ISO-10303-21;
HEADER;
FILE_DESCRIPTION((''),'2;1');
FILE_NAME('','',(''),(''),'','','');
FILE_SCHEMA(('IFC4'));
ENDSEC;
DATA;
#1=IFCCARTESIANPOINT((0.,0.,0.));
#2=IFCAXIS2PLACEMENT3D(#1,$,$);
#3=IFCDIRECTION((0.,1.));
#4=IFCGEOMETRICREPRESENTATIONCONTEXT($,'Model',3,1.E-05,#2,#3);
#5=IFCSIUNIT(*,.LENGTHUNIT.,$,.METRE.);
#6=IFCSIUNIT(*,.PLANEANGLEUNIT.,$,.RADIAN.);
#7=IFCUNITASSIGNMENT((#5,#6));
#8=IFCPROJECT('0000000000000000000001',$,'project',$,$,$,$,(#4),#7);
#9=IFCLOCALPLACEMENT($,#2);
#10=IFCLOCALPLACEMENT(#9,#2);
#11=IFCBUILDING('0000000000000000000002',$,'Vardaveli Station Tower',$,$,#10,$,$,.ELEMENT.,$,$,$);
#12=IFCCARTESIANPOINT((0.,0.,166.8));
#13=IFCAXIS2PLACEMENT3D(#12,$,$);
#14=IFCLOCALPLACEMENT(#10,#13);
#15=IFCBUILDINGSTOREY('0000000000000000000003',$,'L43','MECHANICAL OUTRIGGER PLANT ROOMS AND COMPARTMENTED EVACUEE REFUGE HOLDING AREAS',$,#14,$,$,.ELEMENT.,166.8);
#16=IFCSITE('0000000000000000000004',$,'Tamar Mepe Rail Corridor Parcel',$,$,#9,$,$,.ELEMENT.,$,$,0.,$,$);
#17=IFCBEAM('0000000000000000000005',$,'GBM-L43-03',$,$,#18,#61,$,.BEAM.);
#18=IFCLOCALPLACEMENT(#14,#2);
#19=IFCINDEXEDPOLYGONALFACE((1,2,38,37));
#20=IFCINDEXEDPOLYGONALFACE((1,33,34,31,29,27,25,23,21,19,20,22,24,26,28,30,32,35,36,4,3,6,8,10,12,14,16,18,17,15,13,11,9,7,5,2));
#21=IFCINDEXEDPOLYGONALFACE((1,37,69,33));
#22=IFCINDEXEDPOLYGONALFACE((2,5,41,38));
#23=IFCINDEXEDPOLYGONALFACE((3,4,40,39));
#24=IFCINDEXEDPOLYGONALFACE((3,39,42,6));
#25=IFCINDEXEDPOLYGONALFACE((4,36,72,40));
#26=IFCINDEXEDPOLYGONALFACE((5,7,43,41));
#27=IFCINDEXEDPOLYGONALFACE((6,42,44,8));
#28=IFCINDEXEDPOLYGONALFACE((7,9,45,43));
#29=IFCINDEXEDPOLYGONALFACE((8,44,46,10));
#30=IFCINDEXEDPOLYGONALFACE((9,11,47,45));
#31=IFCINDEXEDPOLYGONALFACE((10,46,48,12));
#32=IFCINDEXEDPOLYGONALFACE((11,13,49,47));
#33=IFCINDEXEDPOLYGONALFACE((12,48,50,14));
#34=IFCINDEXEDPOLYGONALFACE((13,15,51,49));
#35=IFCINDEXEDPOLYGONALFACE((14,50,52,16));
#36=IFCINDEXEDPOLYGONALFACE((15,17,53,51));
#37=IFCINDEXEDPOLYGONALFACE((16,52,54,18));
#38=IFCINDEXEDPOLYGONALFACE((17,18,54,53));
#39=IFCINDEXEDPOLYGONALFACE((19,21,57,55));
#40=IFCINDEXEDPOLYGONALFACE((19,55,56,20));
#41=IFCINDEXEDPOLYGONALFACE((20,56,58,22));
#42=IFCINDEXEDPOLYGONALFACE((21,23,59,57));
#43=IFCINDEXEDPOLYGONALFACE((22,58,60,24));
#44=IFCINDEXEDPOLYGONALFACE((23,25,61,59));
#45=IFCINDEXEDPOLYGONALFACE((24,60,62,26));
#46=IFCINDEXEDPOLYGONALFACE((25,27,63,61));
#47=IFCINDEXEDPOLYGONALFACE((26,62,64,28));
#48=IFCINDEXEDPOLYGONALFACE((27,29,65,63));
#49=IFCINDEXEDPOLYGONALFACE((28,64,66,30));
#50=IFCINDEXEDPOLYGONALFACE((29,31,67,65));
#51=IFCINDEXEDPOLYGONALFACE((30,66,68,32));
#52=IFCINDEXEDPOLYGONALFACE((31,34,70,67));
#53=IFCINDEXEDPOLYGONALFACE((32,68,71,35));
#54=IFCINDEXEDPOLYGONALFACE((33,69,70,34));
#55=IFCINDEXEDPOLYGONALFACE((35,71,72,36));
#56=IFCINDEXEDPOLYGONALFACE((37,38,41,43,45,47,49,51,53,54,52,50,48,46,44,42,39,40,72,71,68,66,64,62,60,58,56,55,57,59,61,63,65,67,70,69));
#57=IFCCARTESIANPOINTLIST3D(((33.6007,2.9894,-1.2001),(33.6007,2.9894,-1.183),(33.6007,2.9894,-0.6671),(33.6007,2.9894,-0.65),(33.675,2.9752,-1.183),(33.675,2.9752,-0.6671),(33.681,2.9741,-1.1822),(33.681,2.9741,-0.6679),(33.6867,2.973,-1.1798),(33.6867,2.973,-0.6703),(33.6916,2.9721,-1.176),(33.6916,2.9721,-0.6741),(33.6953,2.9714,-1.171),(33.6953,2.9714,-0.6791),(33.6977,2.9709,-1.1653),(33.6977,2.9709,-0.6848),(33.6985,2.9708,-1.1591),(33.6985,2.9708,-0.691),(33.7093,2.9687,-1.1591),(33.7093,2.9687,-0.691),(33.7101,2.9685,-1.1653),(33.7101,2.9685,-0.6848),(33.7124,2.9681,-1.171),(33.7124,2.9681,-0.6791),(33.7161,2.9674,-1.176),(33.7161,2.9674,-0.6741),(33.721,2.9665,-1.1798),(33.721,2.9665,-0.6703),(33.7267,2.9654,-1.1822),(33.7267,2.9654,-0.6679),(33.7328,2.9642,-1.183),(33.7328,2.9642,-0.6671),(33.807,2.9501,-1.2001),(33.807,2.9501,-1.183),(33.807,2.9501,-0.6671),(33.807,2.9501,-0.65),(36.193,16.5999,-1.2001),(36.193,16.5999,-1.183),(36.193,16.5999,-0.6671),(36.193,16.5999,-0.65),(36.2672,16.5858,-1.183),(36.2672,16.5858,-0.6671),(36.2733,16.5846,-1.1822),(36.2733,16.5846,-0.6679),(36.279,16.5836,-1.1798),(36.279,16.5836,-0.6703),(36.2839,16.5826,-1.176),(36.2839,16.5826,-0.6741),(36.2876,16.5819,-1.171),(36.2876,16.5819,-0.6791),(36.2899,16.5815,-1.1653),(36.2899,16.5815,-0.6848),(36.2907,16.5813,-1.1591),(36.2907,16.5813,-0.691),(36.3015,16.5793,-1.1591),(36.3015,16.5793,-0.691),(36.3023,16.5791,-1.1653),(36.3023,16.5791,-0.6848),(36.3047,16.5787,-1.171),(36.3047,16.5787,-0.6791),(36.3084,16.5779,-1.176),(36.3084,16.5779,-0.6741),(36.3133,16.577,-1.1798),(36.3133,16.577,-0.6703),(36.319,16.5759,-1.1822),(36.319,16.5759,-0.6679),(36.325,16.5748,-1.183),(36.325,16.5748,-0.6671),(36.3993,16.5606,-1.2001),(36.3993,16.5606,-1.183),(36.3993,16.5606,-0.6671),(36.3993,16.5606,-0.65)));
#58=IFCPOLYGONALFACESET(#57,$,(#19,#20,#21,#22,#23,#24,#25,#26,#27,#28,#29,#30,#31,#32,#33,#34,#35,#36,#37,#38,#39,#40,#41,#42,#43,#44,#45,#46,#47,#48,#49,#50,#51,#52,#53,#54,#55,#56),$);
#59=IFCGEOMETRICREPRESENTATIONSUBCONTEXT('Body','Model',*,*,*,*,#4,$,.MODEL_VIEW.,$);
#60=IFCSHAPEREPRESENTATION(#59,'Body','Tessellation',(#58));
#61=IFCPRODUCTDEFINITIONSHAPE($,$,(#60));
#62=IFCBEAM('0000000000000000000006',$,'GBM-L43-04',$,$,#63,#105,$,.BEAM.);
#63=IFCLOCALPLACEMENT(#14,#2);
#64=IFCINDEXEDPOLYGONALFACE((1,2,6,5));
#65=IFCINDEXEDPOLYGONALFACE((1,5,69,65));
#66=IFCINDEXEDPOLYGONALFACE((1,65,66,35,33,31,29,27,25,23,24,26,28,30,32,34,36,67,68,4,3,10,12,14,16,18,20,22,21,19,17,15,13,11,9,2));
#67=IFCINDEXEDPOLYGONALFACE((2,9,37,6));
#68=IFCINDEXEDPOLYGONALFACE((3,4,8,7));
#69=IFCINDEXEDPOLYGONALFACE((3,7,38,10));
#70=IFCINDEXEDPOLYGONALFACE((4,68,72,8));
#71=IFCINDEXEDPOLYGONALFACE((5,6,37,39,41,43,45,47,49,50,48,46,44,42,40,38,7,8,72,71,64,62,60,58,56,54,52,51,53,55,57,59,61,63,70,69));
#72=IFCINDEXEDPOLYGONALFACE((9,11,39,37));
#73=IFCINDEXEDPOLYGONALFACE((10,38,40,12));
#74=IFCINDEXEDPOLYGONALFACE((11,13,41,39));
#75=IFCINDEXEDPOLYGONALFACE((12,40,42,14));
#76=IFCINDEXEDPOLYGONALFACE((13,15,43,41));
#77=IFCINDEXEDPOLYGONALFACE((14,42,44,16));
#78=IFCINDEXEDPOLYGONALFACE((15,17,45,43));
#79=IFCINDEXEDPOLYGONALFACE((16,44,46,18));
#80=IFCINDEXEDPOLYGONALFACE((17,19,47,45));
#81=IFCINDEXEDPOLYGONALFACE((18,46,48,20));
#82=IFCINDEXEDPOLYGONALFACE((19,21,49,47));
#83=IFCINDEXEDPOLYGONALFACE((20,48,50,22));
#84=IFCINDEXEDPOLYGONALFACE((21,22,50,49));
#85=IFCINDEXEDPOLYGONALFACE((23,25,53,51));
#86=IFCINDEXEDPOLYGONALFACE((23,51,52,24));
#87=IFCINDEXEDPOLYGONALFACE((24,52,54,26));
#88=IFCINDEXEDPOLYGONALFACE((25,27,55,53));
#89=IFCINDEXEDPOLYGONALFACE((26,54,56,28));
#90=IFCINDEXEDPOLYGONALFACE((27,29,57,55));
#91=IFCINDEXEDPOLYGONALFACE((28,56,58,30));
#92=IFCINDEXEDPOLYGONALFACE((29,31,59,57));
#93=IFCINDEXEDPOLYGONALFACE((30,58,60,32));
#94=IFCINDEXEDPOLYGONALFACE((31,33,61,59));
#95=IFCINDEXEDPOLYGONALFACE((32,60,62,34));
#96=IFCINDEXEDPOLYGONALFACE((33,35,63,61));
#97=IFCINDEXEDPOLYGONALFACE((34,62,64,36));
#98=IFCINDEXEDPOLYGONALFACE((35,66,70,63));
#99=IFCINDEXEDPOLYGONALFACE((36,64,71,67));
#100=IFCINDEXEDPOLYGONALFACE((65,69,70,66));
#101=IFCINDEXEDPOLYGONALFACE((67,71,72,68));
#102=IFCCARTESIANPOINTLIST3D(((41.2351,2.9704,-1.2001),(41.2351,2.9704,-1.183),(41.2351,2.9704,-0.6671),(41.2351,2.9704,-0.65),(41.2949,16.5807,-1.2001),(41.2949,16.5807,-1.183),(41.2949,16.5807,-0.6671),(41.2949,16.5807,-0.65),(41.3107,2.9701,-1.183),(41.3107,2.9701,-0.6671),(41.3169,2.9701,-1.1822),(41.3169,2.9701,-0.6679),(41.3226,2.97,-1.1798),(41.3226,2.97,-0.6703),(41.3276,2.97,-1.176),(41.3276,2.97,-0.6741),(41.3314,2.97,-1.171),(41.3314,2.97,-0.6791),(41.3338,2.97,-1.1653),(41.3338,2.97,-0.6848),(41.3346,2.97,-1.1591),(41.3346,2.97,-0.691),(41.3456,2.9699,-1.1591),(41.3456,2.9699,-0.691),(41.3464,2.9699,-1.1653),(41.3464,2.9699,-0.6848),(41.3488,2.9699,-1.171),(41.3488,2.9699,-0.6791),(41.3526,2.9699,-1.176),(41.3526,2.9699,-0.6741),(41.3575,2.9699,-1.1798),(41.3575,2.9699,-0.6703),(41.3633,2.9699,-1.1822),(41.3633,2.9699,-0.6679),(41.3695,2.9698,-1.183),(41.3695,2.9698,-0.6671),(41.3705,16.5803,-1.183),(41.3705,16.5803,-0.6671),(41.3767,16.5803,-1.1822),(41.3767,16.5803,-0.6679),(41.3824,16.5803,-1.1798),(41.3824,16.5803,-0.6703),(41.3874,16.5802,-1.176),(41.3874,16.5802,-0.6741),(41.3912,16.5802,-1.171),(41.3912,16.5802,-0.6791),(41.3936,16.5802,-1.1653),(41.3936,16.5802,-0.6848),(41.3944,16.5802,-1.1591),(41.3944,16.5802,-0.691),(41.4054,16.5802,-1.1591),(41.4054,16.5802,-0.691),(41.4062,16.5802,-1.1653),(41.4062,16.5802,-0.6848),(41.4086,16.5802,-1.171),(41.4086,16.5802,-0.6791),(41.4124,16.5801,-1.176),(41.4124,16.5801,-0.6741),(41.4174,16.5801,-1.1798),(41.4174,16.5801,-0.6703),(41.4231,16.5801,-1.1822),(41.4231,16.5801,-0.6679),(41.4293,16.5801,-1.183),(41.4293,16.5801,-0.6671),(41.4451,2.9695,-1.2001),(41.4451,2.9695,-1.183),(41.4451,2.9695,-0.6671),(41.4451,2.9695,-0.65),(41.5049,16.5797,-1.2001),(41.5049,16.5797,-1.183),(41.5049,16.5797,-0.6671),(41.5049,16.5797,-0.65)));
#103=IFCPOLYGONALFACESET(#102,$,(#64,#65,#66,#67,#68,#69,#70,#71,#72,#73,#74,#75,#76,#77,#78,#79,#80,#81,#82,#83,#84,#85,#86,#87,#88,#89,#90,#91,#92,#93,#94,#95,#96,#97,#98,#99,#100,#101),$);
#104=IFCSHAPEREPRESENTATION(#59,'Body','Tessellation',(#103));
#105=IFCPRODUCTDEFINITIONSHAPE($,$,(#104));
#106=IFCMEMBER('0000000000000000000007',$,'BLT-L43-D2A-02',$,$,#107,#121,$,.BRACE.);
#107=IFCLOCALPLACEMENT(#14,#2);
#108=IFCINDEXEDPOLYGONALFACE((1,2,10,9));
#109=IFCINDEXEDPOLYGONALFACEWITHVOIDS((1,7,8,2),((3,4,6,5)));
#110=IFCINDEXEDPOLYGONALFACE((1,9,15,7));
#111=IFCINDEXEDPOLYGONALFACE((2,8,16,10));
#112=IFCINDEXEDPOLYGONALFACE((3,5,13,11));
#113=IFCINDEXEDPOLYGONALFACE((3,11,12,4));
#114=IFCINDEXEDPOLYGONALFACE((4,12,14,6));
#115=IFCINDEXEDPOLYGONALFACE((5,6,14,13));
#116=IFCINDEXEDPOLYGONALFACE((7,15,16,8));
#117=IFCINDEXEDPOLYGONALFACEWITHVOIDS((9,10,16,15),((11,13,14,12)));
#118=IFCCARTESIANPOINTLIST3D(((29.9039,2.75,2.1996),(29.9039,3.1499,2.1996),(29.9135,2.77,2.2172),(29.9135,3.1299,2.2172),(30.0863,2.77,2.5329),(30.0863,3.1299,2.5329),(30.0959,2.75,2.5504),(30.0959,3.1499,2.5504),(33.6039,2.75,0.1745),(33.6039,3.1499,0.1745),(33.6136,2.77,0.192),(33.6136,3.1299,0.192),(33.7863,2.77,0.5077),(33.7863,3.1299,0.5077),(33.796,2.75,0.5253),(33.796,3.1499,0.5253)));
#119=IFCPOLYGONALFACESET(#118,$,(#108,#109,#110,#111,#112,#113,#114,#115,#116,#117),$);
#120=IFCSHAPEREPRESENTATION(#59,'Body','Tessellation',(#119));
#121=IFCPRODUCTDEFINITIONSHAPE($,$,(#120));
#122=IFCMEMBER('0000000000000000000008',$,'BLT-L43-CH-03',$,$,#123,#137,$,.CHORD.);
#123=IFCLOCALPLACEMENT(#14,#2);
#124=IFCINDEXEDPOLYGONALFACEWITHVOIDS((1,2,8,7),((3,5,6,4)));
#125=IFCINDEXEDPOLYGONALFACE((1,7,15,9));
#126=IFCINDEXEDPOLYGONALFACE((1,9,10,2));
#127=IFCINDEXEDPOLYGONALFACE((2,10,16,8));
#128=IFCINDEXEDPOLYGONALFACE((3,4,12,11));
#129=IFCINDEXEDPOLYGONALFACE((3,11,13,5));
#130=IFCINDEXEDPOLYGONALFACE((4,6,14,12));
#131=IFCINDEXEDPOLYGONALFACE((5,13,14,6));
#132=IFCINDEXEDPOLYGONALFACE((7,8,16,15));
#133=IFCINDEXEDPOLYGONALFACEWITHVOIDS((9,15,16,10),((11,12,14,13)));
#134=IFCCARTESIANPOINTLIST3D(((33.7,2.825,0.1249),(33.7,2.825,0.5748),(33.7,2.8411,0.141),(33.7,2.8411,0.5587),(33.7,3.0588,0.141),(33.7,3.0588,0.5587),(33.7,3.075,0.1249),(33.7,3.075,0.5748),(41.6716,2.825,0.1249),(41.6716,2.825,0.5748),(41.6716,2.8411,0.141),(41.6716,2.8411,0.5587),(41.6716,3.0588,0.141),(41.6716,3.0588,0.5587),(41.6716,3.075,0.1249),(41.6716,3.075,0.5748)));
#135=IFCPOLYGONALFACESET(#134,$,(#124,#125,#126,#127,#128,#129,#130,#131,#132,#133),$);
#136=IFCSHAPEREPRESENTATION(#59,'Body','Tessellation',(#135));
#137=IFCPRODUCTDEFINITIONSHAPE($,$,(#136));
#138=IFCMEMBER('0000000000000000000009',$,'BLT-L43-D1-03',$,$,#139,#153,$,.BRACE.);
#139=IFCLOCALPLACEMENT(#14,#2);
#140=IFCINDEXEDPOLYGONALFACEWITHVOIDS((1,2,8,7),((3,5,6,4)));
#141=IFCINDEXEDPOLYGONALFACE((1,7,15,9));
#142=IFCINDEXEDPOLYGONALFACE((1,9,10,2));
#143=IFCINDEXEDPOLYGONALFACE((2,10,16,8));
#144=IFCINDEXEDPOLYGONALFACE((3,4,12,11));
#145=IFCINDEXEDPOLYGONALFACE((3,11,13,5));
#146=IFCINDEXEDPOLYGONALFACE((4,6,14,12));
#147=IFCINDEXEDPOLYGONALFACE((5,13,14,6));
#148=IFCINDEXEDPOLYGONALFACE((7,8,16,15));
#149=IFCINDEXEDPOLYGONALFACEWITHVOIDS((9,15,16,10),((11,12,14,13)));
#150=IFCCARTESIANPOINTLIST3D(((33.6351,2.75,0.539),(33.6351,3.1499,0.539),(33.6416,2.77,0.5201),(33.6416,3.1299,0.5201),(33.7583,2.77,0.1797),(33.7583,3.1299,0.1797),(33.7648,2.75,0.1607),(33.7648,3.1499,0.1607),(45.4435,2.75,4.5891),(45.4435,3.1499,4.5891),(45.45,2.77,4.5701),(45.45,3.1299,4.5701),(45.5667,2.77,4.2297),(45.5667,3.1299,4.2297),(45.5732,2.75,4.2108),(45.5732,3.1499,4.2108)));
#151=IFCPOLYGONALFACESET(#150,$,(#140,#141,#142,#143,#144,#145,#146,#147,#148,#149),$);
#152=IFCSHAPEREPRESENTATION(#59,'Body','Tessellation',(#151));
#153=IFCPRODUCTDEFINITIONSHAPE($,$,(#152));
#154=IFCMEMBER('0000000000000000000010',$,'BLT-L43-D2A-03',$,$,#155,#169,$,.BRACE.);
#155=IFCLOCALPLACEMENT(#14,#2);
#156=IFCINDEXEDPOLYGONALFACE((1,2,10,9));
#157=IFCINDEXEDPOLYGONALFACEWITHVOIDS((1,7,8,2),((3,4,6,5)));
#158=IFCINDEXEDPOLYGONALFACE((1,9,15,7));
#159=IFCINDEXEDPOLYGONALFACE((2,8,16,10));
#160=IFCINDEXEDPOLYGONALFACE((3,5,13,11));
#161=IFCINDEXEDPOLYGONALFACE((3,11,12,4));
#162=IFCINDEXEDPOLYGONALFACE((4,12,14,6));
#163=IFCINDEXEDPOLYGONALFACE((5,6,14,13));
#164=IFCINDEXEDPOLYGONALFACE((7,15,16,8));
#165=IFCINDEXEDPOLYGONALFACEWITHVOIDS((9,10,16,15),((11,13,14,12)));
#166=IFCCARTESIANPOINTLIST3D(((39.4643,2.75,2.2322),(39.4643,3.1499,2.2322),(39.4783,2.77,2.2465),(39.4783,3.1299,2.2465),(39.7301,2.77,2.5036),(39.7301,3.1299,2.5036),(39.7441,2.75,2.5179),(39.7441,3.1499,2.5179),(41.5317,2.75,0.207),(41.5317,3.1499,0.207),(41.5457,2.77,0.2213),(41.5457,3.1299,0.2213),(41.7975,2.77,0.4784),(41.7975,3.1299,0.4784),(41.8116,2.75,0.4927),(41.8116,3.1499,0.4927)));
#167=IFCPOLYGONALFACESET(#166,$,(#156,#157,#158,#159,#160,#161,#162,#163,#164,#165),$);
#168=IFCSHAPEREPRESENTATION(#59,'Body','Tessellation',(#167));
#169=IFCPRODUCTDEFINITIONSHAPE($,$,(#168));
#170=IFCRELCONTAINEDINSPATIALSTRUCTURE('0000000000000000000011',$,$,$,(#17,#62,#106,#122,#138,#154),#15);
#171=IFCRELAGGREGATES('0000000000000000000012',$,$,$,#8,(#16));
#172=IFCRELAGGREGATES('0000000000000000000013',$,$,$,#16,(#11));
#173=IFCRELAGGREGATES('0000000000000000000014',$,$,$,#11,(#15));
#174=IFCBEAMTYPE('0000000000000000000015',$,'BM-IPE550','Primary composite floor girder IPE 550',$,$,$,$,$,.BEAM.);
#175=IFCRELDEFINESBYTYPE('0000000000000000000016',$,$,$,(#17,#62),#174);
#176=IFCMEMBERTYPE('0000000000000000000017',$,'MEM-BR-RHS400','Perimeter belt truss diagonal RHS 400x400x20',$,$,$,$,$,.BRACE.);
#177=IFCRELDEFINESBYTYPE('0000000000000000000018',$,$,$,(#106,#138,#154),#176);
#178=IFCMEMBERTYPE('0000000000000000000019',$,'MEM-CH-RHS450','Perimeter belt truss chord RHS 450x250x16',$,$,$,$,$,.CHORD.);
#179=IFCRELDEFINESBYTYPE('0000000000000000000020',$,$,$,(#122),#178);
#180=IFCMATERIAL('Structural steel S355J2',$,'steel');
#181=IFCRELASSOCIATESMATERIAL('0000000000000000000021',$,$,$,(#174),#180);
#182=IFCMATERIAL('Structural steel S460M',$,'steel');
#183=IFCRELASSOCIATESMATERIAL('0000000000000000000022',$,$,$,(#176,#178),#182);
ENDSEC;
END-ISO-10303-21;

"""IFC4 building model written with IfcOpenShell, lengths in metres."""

from ifc_helpers import new_model, si_unit, direction, frame, origin, origin_2d, place, context, subcontext, project, spatial, hollow_rectangle, i_section, extrude, source, transform, mapped, material, material_profile, profile_set, type_object, element, save


model = new_model("IFC4")

# Units and contexts
model_context = context("Model", 3, precision=1e-05, world=origin(), true_north=direction((0.0, 1.0)))
body_context = subcontext(model_context, "Body", "Model", "MODEL_VIEW")
ifc_project = project(units=[si_unit("LENGTHUNIT", "METRE"), si_unit("PLANEANGLEUNIT", "RADIAN")], contexts=[model_context])

# Site, building, storey
site_placement = place(None, origin())
site = spatial("IfcSite", under=ifc_project, at=site_placement, Name="Tamar Mepe Rail Corridor Parcel", CompositionType="ELEMENT", RefElevation=0.0)
building_placement = place(site_placement, origin())
building = spatial("IfcBuilding", under=site, at=building_placement, Name="Vardaveli Station Tower", CompositionType="ELEMENT")
storey_placement = place(building_placement, frame((0.0, 0.0, 166.8)))
storey = spatial("IfcBuildingStorey", under=building, at=storey_placement, Name="L43", Description="MECHANICAL OUTRIGGER PLANT ROOMS AND COMPARTMENTED EVACUEE REFUGE HOLDING AREAS", CompositionType="ELEMENT", Elevation=166.8)

# Shared definitions
ifc_material_1 = material(Name="Structural steel S460M", Category="steel")

# Beams
ifc_material_2 = material(Name="Structural steel S355J2", Category="steel")
ifc_material_profile_1 = material_profile(ifc_material_2, i_section(OverallWidth=0.21, OverallDepth=0.55, WebThickness=0.011, FlangeThickness=0.0171, FilletRadius=0.0239, at=origin_2d()), Name="IPE 550")
ifc_profile_set_1 = profile_set([ifc_material_profile_1], Name="Structural steel S355J2")
beam_type_1 = type_object("IfcBeamType", Name="BM-IPE550", Description="Primary composite floor girder IPE 550", PredefinedType="BEAM", material=ifc_profile_set_1)
shared_shape_1 = source(origin(), body_context, "Body", "SweptSolid", [
    extrude(i_section(OverallWidth=0.21, OverallDepth=0.55, WebThickness=0.011, FlangeThickness=0.0171, FilletRadius=0.0239, at=origin_2d()), origin(), (0.0, 0.0, 1.0), 13.8552),
])
beam_1_placement = place(storey_placement, frame((33.7039, 2.9697, -0.925), z_axis=(0.187098, 0.982341, 0.0), x_axis=(-0.982341, 0.187098, 0.0)))
element("IfcBeam", 1, at=beam_1_placement, inside=storey, type_object=beam_type_1, Name="GBM-L43-03", PredefinedType="BEAM", context=body_context, shape_type="MappedRepresentation", body=[
    mapped(shared_shape_1, transform((0.0, 0.0, 0.0), scale=1.0)),
])
shared_shape_2 = source(origin(), body_context, "Body", "SweptSolid", [
    extrude(i_section(OverallWidth=0.21, OverallDepth=0.55, WebThickness=0.011, FlangeThickness=0.0171, FilletRadius=0.0239, at=origin_2d()), origin(), (0.0, 0.0, 1.0), 13.6104),
])
beam_2_placement = place(storey_placement, frame((41.3401, 2.97, -0.925), z_axis=(0.004395, 0.99999, 0.0), x_axis=(-0.99999, 0.004395, 0.0)))
element("IfcBeam", 2, at=beam_2_placement, inside=storey, type_object=beam_type_1, Name="GBM-L43-04", PredefinedType="BEAM", context=body_context, shape_type="MappedRepresentation", body=[
    mapped(shared_shape_2, transform((0.0, 0.0, 0.0), scale=1.0)),
])

# Members
ifc_material_profile_2 = material_profile(ifc_material_1, hollow_rectangle(XDim=0.3999, YDim=0.3999, WallThickness=0.02, at=origin_2d()), Name="RHS 400x400x20")
ifc_profile_set_2 = profile_set([ifc_material_profile_2], Name="Structural steel S460M")
member_type_1 = type_object("IfcMemberType", Name="MEM-BR-RHS400", Description="Perimeter belt truss diagonal RHS 400x400x20", PredefinedType="BRACE", material=ifc_profile_set_2)
shared_shape_3 = source(origin(), body_context, "Body", "SweptSolid", [
    extrude(hollow_rectangle(XDim=0.3999, YDim=0.3999, WallThickness=0.02, at=origin_2d()), origin(), (0.0, 0.0, 1.0), 4.218),
])
member_1_placement = place(storey_placement, frame((33.7, 2.95, 0.3499), z_axis=(-0.877198, 0.0, 0.480129), x_axis=(0.0, -1.0, 0.0)))
element("IfcMember", 3, at=member_1_placement, inside=storey, type_object=member_type_1, Name="BLT-L43-D2A-02", PredefinedType="BRACE", context=body_context, shape_type="MappedRepresentation", body=[
    mapped(shared_shape_3, transform((0.0, 0.0, 0.0), scale=1.0)),
])
ifc_material_profile_3 = material_profile(ifc_material_1, hollow_rectangle(XDim=0.25, YDim=0.45, WallThickness=0.0161, at=origin_2d()), Name="RHS 450x250x16")
ifc_profile_set_3 = profile_set([ifc_material_profile_3], Name="Structural steel S460M")
member_type_2 = type_object("IfcMemberType", Name="MEM-CH-RHS450", Description="Perimeter belt truss chord RHS 450x250x16", PredefinedType="CHORD", material=ifc_profile_set_3)
shared_shape_4 = source(origin(), body_context, "Body", "SweptSolid", [
    extrude(hollow_rectangle(XDim=0.25, YDim=0.45, WallThickness=0.0161, at=origin_2d()), origin(), (0.0, 0.0, 1.0), 7.9717),
])
member_2_placement = place(storey_placement, frame((33.7, 2.95, 0.3499), z_axis=(1.0, 0.0, 0.0), x_axis=(0.0, 1.0, 0.0)))
element("IfcMember", 4, at=member_2_placement, inside=storey, type_object=member_type_2, Name="BLT-L43-CH-03", PredefinedType="CHORD", context=body_context, shape_type="MappedRepresentation", body=[
    mapped(shared_shape_4, transform((0.0, 0.0, 0.0), scale=1.0)),
])
shared_shape_5 = source(origin(), body_context, "Body", "SweptSolid", [
    extrude(hollow_rectangle(XDim=0.3999, YDim=0.3999, WallThickness=0.02, at=origin_2d()), origin(), (0.0, 0.0, 1.0), 12.4836),
])
member_3_placement = place(storey_placement, frame((33.7, 2.95, 0.3499), z_axis=(0.94591, 0.0, 0.32443), x_axis=(0.0, 1.0, 0.0)))
element("IfcMember", 5, at=member_3_placement, inside=storey, type_object=member_type_1, Name="BLT-L43-D1-03", PredefinedType="BRACE", context=body_context, shape_type="MappedRepresentation", body=[
    mapped(shared_shape_5, transform((0.0, 0.0, 0.0), scale=1.0)),
])
shared_shape_6 = source(origin(), body_context, "Body", "SweptSolid", [
    extrude(hollow_rectangle(XDim=0.3999, YDim=0.3999, WallThickness=0.02, at=origin_2d()), origin(), (0.0, 0.0, 1.0), 2.894),
])
member_4_placement = place(storey_placement, frame((41.6716, 2.95, 0.3499), z_axis=(-0.714366, 0.0, 0.699772), x_axis=(0.0, -1.0, 0.0)))
element("IfcMember", 6, at=member_4_placement, inside=storey, type_object=member_type_1, Name="BLT-L43-D2A-03", PredefinedType="BRACE", context=body_context, shape_type="MappedRepresentation", body=[
    mapped(shared_shape_6, transform((0.0, 0.0, 0.0), scale=1.0)),
])

save(model, "model.ifc")
